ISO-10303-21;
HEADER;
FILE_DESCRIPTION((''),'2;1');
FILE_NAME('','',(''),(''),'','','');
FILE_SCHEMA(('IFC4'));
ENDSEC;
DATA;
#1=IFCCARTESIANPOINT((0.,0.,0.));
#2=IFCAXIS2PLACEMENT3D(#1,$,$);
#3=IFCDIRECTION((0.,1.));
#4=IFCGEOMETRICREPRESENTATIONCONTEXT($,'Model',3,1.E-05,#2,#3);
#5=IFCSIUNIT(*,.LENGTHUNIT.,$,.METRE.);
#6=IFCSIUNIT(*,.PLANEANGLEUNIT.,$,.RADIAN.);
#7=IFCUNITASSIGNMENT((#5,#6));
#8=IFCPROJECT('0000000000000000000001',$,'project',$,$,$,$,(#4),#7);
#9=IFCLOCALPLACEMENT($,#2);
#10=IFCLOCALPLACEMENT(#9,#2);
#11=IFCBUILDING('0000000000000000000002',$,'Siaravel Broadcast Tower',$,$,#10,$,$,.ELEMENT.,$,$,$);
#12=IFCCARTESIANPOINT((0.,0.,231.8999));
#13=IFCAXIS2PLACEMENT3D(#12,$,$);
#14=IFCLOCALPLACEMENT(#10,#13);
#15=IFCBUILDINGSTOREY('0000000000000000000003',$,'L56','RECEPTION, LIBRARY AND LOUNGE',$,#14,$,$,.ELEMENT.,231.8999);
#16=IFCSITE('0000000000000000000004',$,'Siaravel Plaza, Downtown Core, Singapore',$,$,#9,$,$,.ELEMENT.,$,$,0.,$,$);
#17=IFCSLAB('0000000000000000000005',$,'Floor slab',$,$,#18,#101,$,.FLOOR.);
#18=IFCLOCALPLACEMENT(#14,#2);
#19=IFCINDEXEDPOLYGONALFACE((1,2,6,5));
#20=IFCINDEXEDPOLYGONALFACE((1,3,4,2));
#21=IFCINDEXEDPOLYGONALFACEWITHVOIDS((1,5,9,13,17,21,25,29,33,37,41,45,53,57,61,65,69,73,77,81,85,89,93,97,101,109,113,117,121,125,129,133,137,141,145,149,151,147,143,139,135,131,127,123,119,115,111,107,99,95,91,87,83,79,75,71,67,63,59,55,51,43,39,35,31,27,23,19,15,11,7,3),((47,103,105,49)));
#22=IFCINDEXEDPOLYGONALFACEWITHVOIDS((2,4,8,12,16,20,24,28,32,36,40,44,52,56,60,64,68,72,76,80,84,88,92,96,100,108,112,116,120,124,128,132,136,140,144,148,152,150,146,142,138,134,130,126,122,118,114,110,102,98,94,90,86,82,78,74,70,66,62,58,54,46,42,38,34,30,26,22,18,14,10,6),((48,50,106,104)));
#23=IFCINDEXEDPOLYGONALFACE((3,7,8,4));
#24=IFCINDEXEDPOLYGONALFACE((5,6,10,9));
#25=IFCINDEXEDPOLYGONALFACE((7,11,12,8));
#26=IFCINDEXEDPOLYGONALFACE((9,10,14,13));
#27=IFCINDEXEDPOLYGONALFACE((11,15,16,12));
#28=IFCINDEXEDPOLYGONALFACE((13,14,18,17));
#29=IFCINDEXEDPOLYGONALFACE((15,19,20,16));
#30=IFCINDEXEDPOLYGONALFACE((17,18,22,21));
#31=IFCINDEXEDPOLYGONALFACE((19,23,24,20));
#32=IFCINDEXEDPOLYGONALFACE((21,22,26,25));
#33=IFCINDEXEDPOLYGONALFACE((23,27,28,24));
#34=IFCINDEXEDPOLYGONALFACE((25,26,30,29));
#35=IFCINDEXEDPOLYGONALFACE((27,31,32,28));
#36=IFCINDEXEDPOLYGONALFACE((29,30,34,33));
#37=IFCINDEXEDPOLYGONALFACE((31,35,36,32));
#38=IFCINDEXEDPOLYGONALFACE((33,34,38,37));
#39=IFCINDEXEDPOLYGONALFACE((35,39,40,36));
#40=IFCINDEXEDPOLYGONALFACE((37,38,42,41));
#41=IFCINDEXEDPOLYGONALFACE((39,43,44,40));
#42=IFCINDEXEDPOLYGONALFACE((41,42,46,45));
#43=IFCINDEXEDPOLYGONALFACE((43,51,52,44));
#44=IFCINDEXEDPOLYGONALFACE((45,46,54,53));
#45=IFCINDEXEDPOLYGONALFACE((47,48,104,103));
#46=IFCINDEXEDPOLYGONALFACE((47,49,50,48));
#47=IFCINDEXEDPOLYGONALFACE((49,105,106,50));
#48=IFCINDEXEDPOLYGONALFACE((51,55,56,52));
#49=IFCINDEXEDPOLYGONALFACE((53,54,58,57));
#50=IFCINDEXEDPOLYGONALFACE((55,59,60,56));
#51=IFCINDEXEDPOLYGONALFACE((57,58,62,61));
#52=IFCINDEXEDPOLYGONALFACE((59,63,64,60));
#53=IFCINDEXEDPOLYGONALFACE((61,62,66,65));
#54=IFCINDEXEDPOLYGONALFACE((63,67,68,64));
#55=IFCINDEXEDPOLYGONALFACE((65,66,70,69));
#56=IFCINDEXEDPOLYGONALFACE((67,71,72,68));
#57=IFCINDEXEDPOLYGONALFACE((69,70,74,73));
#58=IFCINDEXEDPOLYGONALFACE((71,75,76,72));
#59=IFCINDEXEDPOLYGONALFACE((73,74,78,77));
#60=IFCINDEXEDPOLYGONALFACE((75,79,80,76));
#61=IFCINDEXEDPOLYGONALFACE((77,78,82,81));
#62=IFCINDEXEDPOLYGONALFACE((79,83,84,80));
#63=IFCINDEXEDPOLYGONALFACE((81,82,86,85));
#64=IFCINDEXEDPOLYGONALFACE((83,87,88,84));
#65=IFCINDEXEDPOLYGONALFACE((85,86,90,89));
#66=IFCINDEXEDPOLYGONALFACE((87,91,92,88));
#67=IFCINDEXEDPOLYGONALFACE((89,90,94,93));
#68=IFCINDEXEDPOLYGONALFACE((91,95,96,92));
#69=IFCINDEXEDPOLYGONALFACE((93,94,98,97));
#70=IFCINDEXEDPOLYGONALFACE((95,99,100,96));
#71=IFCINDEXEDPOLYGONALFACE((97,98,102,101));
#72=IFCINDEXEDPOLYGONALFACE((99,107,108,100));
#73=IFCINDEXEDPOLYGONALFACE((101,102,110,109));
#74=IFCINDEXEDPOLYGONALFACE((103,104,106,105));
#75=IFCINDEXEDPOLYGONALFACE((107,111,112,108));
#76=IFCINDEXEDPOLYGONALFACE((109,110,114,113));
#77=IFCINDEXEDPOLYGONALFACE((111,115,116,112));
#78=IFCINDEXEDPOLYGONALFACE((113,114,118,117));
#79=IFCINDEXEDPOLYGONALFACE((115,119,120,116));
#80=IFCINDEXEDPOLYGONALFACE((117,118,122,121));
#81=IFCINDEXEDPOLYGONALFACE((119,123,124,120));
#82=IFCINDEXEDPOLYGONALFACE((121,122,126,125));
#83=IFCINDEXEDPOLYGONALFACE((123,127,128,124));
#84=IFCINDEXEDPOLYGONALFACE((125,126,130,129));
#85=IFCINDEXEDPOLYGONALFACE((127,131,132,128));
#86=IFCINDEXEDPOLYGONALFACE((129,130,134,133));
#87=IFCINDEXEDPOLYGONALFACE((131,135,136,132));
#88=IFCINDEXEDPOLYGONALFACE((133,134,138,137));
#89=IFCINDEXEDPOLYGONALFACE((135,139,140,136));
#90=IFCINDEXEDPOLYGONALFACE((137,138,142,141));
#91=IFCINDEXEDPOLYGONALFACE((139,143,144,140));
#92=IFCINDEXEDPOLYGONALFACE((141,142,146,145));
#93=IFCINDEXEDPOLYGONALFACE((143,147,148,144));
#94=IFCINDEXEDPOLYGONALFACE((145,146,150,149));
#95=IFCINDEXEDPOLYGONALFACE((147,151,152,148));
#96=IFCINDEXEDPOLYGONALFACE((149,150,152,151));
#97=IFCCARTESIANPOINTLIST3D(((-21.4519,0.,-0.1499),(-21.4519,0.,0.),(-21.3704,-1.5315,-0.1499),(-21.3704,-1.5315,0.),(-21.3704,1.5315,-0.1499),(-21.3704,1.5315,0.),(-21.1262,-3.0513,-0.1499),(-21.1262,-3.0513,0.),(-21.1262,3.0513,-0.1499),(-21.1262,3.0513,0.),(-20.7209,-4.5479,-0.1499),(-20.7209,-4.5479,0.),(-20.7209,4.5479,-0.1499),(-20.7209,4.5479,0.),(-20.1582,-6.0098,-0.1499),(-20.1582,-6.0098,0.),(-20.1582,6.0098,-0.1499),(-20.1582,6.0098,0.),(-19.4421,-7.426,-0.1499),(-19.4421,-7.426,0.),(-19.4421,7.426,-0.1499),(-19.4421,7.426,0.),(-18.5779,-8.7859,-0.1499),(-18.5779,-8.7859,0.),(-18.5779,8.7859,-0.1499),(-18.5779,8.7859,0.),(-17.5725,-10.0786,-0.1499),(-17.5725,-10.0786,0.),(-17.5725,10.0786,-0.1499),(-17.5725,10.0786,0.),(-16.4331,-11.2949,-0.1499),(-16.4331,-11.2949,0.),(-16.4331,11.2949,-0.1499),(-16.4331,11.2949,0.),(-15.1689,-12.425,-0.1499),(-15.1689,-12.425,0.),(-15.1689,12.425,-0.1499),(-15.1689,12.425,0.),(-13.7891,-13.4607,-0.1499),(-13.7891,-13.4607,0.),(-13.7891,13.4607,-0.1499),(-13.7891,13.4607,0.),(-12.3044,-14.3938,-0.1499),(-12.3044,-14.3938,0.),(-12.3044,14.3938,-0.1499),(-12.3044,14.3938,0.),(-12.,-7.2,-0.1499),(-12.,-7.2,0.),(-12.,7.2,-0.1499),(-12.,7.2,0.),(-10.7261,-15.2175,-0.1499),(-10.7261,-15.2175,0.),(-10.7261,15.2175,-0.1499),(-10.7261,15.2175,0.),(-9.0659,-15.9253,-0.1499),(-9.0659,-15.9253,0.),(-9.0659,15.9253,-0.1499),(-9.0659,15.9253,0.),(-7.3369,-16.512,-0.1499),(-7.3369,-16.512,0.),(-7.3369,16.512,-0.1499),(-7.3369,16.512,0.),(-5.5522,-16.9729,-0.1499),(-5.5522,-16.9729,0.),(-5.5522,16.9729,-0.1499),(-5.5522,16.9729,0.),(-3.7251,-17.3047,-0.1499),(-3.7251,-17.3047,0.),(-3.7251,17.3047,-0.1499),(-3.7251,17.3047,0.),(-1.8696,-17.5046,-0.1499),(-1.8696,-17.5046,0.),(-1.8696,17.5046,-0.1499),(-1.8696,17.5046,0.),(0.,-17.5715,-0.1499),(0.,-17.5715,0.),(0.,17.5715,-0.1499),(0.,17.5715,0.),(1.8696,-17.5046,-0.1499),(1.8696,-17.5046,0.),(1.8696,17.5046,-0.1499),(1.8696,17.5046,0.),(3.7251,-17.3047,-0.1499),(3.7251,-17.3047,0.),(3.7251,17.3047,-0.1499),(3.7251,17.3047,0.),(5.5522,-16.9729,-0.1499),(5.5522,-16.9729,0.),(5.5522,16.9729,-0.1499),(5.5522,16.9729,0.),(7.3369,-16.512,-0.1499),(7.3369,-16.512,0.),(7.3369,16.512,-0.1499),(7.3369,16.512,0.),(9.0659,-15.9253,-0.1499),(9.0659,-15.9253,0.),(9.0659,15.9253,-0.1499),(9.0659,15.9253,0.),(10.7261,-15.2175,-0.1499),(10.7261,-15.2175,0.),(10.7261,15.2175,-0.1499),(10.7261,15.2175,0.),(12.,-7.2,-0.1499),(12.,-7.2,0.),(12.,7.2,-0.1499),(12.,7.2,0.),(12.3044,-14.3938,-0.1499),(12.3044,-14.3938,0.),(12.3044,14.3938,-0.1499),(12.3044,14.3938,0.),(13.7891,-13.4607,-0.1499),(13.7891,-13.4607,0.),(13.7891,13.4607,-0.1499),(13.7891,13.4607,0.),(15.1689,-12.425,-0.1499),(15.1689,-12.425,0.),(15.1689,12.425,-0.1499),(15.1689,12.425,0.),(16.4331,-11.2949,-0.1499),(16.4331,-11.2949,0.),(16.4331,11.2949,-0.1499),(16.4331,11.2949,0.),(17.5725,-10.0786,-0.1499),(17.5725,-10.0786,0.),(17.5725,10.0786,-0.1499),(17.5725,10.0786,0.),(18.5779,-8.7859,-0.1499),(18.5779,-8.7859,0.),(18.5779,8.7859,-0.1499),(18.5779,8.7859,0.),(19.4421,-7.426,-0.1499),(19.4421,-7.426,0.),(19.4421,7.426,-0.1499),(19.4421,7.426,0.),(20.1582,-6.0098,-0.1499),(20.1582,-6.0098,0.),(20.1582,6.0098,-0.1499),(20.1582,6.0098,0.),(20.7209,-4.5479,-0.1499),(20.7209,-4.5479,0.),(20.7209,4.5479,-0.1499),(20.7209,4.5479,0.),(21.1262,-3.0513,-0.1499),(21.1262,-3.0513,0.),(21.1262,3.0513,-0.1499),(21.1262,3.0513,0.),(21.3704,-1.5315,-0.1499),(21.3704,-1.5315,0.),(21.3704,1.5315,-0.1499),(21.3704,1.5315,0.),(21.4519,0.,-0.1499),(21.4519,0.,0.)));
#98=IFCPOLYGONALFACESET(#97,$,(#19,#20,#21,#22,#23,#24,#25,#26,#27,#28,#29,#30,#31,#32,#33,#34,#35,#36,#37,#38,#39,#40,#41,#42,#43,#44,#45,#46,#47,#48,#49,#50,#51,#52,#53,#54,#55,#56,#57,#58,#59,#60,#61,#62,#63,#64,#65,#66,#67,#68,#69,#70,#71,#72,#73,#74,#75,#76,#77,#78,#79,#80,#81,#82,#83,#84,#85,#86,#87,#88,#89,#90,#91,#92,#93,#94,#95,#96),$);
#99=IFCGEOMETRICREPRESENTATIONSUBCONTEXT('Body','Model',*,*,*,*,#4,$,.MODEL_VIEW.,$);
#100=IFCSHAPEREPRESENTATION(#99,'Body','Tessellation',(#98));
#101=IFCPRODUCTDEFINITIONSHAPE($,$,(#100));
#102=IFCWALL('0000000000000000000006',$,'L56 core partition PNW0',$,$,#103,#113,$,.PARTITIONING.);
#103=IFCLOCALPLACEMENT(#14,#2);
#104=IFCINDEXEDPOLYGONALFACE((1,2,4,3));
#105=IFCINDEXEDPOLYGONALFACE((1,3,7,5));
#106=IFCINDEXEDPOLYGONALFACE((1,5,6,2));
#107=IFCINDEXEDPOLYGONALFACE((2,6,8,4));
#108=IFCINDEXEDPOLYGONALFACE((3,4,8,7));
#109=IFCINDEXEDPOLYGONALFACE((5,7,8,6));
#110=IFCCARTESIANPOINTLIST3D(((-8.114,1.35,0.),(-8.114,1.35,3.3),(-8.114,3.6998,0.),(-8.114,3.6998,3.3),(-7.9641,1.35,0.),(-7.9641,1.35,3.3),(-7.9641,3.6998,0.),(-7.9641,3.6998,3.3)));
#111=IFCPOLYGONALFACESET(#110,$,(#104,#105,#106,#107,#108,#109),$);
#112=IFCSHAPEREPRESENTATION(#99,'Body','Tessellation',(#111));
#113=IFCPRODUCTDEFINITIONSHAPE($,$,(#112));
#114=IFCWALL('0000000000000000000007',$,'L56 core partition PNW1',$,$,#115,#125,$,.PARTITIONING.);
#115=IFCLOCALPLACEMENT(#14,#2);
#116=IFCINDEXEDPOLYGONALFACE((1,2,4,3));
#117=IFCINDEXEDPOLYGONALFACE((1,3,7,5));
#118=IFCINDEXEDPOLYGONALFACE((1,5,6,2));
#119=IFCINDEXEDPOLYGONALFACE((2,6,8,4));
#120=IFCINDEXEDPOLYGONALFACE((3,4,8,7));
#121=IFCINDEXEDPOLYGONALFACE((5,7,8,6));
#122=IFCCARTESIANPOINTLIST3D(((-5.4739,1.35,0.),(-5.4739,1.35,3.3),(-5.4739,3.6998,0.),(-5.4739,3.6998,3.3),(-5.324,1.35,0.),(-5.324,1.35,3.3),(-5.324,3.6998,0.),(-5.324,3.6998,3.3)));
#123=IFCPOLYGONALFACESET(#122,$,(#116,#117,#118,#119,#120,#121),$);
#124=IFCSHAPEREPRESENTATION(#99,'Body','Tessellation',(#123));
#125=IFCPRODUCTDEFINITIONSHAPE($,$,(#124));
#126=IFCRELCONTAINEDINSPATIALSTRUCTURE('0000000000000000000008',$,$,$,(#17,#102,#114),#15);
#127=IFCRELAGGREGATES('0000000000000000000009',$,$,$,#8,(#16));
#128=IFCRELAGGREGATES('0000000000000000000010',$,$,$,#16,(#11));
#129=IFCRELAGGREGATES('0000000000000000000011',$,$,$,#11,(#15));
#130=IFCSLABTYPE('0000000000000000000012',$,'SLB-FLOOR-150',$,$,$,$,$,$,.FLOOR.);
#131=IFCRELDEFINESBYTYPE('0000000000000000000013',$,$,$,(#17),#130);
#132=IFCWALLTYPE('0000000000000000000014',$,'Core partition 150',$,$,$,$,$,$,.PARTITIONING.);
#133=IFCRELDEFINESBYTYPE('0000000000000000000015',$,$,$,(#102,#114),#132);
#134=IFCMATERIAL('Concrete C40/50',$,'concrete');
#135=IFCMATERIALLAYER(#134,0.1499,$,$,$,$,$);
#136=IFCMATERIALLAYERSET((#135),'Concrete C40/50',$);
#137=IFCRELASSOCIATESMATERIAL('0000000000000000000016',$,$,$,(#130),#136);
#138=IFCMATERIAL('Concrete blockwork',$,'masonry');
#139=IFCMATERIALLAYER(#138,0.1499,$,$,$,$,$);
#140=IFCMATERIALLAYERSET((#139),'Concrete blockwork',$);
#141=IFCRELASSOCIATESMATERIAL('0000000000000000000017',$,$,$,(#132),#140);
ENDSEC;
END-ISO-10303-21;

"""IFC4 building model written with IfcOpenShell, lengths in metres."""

from ifc_helpers import new_model, si_unit, direction, frame, frame_2d, origin, place, context, subcontext, project, spatial, polyline, rectangle, outline, extrude, material, layer, layer_set, type_object, element, save


model = new_model("IFC4")

# Units and contexts
model_context = context("Model", 3, precision=1e-05, world=origin(), true_north=direction((0.0, 1.0)))
body_context = subcontext(model_context, "Body", "Model", "MODEL_VIEW")
ifc_project = project(units=[si_unit("LENGTHUNIT", "METRE"), si_unit("PLANEANGLEUNIT", "RADIAN")], contexts=[model_context])

# Site, building, storey
site_placement = place(None, origin())
site = spatial("IfcSite", under=ifc_project, at=site_placement, Name="Siaravel Plaza, Downtown Core, Singapore", CompositionType="ELEMENT", RefElevation=0.0)
building_placement = place(site_placement, origin())
building = spatial("IfcBuilding", under=site, at=building_placement, Name="Siaravel Broadcast Tower", CompositionType="ELEMENT")
storey_placement = place(building_placement, frame((0.0, 0.0, 231.8999)))
storey = spatial("IfcBuildingStorey", under=building, at=storey_placement, Name="L56", Description="RECEPTION, LIBRARY AND LOUNGE", CompositionType="ELEMENT", Elevation=231.8999)

# Slab
ifc_material_1 = material(Name="Concrete C40/50", Category="concrete")
ifc_layer_1 = layer(ifc_material_1, 0.1499)
ifc_layer_set_1 = layer_set([ifc_layer_1], Name="Concrete C40/50")
slab_type = type_object("IfcSlabType", Name="SLB-FLOOR-150", PredefinedType="FLOOR", material=ifc_layer_set_1)
slab_placement = place(storey_placement, frame((0.0, 0.0, -0.1499)))
element("IfcSlab", 1, at=slab_placement, inside=storey, type_object=slab_type, Name="Floor slab", PredefinedType="FLOOR", context=body_context, shape_type="SweptSolid", body=[
    extrude(outline(polyline([(21.4519, 0.0), (21.3704, 1.5315), (21.1262, 3.0513), (20.7209, 4.5479), (20.1582, 6.0098), (19.4421, 7.426), (18.5779, 8.7859), (17.5725, 10.0786), (16.4331, 11.2949), (15.1689, 12.425), (13.7891, 13.4607), (12.3044, 14.3938), (10.7261, 15.2175), (9.0659, 15.9253), (7.3369, 16.512), (5.5522, 16.9729), (3.7251, 17.3047), (1.8696, 17.5046), (0.0, 17.5715), (-1.8696, 17.5046), (-3.7251, 17.3047), (-5.5522, 16.9729), (-7.3369, 16.512), (-9.0659, 15.9253), (-10.7261, 15.2175), (-12.3044, 14.3938), (-13.7891, 13.4607), (-15.1689, 12.425), (-16.4331, 11.2949), (-17.5725, 10.0786), (-18.5779, 8.7859), (-19.4421, 7.426), (-20.1582, 6.0098), (-20.7209, 4.5479), (-21.1262, 3.0513), (-21.3704, 1.5315), (-21.4519, 0.0), (-21.3704, -1.5315), (-21.1262, -3.0513), (-20.7209, -4.5479), (-20.1582, -6.0098), (-19.4421, -7.426), (-18.5779, -8.7859), (-17.5725, -10.0786), (-16.4331, -11.2949), (-15.1689, -12.425), (-13.7891, -13.4607), (-12.3044, -14.3938), (-10.7261, -15.2175), (-9.0659, -15.9253), (-7.3369, -16.512), (-5.5522, -16.9729), (-3.7251, -17.3047), (-1.8696, -17.5046), (0.0, -17.5715), (1.8696, -17.5046), (3.7251, -17.3047), (5.5522, -16.9729), (7.3369, -16.512), (9.0659, -15.9253), (10.7261, -15.2175), (12.3044, -14.3938), (13.7891, -13.4607), (15.1689, -12.425), (16.4331, -11.2949), (17.5725, -10.0786), (18.5779, -8.7859), (19.4421, -7.426), (20.1582, -6.0098), (20.7209, -4.5479), (21.1262, -3.0513), (21.3704, -1.5315), (21.4519, 0.0)]), holes=[polyline([(-12.0, 7.2), (12.0, 7.2), (12.0, -7.2), (-12.0, -7.2), (-12.0, 7.2)])]), origin(), (0.0, 0.0, 1.0), 0.1499),
])

# Walls
ifc_material_2 = material(Name="Concrete blockwork", Category="masonry")
ifc_layer_2 = layer(ifc_material_2, 0.1499)
ifc_layer_set_2 = layer_set([ifc_layer_2], Name="Concrete blockwork")
wall_type_1 = type_object("IfcWallType", Name="Core partition 150", PredefinedType="PARTITIONING", material=ifc_layer_set_2)
for number, where, z_axis, x_axis, name in (
    (2, (-8.0391, 1.3501, 0.0), (0.0, 0.0, 1.0), (0.0, 1.0, 0.0), "L56 core partition PNW0"),
    (3, (-5.3989, 1.3501, 0.0), (0.0, 0.0, 1.0), (0.0, 1.0, 0.0), "L56 core partition PNW1"),
):
    element("IfcWall", number, at=place(storey_placement, frame(where, z_axis=z_axis, x_axis=x_axis)), inside=storey, type_object=wall_type_1, Name=name, PredefinedType="PARTITIONING", context=body_context, shape_type="SweptSolid", body=[
        extrude(rectangle(XDim=2.3499, YDim=0.1499, at=frame_2d((1.1748, 0.0))), origin(), (0.0, 0.0, 1.0), 3.3),
    ])

save(model, "model.ifc")
